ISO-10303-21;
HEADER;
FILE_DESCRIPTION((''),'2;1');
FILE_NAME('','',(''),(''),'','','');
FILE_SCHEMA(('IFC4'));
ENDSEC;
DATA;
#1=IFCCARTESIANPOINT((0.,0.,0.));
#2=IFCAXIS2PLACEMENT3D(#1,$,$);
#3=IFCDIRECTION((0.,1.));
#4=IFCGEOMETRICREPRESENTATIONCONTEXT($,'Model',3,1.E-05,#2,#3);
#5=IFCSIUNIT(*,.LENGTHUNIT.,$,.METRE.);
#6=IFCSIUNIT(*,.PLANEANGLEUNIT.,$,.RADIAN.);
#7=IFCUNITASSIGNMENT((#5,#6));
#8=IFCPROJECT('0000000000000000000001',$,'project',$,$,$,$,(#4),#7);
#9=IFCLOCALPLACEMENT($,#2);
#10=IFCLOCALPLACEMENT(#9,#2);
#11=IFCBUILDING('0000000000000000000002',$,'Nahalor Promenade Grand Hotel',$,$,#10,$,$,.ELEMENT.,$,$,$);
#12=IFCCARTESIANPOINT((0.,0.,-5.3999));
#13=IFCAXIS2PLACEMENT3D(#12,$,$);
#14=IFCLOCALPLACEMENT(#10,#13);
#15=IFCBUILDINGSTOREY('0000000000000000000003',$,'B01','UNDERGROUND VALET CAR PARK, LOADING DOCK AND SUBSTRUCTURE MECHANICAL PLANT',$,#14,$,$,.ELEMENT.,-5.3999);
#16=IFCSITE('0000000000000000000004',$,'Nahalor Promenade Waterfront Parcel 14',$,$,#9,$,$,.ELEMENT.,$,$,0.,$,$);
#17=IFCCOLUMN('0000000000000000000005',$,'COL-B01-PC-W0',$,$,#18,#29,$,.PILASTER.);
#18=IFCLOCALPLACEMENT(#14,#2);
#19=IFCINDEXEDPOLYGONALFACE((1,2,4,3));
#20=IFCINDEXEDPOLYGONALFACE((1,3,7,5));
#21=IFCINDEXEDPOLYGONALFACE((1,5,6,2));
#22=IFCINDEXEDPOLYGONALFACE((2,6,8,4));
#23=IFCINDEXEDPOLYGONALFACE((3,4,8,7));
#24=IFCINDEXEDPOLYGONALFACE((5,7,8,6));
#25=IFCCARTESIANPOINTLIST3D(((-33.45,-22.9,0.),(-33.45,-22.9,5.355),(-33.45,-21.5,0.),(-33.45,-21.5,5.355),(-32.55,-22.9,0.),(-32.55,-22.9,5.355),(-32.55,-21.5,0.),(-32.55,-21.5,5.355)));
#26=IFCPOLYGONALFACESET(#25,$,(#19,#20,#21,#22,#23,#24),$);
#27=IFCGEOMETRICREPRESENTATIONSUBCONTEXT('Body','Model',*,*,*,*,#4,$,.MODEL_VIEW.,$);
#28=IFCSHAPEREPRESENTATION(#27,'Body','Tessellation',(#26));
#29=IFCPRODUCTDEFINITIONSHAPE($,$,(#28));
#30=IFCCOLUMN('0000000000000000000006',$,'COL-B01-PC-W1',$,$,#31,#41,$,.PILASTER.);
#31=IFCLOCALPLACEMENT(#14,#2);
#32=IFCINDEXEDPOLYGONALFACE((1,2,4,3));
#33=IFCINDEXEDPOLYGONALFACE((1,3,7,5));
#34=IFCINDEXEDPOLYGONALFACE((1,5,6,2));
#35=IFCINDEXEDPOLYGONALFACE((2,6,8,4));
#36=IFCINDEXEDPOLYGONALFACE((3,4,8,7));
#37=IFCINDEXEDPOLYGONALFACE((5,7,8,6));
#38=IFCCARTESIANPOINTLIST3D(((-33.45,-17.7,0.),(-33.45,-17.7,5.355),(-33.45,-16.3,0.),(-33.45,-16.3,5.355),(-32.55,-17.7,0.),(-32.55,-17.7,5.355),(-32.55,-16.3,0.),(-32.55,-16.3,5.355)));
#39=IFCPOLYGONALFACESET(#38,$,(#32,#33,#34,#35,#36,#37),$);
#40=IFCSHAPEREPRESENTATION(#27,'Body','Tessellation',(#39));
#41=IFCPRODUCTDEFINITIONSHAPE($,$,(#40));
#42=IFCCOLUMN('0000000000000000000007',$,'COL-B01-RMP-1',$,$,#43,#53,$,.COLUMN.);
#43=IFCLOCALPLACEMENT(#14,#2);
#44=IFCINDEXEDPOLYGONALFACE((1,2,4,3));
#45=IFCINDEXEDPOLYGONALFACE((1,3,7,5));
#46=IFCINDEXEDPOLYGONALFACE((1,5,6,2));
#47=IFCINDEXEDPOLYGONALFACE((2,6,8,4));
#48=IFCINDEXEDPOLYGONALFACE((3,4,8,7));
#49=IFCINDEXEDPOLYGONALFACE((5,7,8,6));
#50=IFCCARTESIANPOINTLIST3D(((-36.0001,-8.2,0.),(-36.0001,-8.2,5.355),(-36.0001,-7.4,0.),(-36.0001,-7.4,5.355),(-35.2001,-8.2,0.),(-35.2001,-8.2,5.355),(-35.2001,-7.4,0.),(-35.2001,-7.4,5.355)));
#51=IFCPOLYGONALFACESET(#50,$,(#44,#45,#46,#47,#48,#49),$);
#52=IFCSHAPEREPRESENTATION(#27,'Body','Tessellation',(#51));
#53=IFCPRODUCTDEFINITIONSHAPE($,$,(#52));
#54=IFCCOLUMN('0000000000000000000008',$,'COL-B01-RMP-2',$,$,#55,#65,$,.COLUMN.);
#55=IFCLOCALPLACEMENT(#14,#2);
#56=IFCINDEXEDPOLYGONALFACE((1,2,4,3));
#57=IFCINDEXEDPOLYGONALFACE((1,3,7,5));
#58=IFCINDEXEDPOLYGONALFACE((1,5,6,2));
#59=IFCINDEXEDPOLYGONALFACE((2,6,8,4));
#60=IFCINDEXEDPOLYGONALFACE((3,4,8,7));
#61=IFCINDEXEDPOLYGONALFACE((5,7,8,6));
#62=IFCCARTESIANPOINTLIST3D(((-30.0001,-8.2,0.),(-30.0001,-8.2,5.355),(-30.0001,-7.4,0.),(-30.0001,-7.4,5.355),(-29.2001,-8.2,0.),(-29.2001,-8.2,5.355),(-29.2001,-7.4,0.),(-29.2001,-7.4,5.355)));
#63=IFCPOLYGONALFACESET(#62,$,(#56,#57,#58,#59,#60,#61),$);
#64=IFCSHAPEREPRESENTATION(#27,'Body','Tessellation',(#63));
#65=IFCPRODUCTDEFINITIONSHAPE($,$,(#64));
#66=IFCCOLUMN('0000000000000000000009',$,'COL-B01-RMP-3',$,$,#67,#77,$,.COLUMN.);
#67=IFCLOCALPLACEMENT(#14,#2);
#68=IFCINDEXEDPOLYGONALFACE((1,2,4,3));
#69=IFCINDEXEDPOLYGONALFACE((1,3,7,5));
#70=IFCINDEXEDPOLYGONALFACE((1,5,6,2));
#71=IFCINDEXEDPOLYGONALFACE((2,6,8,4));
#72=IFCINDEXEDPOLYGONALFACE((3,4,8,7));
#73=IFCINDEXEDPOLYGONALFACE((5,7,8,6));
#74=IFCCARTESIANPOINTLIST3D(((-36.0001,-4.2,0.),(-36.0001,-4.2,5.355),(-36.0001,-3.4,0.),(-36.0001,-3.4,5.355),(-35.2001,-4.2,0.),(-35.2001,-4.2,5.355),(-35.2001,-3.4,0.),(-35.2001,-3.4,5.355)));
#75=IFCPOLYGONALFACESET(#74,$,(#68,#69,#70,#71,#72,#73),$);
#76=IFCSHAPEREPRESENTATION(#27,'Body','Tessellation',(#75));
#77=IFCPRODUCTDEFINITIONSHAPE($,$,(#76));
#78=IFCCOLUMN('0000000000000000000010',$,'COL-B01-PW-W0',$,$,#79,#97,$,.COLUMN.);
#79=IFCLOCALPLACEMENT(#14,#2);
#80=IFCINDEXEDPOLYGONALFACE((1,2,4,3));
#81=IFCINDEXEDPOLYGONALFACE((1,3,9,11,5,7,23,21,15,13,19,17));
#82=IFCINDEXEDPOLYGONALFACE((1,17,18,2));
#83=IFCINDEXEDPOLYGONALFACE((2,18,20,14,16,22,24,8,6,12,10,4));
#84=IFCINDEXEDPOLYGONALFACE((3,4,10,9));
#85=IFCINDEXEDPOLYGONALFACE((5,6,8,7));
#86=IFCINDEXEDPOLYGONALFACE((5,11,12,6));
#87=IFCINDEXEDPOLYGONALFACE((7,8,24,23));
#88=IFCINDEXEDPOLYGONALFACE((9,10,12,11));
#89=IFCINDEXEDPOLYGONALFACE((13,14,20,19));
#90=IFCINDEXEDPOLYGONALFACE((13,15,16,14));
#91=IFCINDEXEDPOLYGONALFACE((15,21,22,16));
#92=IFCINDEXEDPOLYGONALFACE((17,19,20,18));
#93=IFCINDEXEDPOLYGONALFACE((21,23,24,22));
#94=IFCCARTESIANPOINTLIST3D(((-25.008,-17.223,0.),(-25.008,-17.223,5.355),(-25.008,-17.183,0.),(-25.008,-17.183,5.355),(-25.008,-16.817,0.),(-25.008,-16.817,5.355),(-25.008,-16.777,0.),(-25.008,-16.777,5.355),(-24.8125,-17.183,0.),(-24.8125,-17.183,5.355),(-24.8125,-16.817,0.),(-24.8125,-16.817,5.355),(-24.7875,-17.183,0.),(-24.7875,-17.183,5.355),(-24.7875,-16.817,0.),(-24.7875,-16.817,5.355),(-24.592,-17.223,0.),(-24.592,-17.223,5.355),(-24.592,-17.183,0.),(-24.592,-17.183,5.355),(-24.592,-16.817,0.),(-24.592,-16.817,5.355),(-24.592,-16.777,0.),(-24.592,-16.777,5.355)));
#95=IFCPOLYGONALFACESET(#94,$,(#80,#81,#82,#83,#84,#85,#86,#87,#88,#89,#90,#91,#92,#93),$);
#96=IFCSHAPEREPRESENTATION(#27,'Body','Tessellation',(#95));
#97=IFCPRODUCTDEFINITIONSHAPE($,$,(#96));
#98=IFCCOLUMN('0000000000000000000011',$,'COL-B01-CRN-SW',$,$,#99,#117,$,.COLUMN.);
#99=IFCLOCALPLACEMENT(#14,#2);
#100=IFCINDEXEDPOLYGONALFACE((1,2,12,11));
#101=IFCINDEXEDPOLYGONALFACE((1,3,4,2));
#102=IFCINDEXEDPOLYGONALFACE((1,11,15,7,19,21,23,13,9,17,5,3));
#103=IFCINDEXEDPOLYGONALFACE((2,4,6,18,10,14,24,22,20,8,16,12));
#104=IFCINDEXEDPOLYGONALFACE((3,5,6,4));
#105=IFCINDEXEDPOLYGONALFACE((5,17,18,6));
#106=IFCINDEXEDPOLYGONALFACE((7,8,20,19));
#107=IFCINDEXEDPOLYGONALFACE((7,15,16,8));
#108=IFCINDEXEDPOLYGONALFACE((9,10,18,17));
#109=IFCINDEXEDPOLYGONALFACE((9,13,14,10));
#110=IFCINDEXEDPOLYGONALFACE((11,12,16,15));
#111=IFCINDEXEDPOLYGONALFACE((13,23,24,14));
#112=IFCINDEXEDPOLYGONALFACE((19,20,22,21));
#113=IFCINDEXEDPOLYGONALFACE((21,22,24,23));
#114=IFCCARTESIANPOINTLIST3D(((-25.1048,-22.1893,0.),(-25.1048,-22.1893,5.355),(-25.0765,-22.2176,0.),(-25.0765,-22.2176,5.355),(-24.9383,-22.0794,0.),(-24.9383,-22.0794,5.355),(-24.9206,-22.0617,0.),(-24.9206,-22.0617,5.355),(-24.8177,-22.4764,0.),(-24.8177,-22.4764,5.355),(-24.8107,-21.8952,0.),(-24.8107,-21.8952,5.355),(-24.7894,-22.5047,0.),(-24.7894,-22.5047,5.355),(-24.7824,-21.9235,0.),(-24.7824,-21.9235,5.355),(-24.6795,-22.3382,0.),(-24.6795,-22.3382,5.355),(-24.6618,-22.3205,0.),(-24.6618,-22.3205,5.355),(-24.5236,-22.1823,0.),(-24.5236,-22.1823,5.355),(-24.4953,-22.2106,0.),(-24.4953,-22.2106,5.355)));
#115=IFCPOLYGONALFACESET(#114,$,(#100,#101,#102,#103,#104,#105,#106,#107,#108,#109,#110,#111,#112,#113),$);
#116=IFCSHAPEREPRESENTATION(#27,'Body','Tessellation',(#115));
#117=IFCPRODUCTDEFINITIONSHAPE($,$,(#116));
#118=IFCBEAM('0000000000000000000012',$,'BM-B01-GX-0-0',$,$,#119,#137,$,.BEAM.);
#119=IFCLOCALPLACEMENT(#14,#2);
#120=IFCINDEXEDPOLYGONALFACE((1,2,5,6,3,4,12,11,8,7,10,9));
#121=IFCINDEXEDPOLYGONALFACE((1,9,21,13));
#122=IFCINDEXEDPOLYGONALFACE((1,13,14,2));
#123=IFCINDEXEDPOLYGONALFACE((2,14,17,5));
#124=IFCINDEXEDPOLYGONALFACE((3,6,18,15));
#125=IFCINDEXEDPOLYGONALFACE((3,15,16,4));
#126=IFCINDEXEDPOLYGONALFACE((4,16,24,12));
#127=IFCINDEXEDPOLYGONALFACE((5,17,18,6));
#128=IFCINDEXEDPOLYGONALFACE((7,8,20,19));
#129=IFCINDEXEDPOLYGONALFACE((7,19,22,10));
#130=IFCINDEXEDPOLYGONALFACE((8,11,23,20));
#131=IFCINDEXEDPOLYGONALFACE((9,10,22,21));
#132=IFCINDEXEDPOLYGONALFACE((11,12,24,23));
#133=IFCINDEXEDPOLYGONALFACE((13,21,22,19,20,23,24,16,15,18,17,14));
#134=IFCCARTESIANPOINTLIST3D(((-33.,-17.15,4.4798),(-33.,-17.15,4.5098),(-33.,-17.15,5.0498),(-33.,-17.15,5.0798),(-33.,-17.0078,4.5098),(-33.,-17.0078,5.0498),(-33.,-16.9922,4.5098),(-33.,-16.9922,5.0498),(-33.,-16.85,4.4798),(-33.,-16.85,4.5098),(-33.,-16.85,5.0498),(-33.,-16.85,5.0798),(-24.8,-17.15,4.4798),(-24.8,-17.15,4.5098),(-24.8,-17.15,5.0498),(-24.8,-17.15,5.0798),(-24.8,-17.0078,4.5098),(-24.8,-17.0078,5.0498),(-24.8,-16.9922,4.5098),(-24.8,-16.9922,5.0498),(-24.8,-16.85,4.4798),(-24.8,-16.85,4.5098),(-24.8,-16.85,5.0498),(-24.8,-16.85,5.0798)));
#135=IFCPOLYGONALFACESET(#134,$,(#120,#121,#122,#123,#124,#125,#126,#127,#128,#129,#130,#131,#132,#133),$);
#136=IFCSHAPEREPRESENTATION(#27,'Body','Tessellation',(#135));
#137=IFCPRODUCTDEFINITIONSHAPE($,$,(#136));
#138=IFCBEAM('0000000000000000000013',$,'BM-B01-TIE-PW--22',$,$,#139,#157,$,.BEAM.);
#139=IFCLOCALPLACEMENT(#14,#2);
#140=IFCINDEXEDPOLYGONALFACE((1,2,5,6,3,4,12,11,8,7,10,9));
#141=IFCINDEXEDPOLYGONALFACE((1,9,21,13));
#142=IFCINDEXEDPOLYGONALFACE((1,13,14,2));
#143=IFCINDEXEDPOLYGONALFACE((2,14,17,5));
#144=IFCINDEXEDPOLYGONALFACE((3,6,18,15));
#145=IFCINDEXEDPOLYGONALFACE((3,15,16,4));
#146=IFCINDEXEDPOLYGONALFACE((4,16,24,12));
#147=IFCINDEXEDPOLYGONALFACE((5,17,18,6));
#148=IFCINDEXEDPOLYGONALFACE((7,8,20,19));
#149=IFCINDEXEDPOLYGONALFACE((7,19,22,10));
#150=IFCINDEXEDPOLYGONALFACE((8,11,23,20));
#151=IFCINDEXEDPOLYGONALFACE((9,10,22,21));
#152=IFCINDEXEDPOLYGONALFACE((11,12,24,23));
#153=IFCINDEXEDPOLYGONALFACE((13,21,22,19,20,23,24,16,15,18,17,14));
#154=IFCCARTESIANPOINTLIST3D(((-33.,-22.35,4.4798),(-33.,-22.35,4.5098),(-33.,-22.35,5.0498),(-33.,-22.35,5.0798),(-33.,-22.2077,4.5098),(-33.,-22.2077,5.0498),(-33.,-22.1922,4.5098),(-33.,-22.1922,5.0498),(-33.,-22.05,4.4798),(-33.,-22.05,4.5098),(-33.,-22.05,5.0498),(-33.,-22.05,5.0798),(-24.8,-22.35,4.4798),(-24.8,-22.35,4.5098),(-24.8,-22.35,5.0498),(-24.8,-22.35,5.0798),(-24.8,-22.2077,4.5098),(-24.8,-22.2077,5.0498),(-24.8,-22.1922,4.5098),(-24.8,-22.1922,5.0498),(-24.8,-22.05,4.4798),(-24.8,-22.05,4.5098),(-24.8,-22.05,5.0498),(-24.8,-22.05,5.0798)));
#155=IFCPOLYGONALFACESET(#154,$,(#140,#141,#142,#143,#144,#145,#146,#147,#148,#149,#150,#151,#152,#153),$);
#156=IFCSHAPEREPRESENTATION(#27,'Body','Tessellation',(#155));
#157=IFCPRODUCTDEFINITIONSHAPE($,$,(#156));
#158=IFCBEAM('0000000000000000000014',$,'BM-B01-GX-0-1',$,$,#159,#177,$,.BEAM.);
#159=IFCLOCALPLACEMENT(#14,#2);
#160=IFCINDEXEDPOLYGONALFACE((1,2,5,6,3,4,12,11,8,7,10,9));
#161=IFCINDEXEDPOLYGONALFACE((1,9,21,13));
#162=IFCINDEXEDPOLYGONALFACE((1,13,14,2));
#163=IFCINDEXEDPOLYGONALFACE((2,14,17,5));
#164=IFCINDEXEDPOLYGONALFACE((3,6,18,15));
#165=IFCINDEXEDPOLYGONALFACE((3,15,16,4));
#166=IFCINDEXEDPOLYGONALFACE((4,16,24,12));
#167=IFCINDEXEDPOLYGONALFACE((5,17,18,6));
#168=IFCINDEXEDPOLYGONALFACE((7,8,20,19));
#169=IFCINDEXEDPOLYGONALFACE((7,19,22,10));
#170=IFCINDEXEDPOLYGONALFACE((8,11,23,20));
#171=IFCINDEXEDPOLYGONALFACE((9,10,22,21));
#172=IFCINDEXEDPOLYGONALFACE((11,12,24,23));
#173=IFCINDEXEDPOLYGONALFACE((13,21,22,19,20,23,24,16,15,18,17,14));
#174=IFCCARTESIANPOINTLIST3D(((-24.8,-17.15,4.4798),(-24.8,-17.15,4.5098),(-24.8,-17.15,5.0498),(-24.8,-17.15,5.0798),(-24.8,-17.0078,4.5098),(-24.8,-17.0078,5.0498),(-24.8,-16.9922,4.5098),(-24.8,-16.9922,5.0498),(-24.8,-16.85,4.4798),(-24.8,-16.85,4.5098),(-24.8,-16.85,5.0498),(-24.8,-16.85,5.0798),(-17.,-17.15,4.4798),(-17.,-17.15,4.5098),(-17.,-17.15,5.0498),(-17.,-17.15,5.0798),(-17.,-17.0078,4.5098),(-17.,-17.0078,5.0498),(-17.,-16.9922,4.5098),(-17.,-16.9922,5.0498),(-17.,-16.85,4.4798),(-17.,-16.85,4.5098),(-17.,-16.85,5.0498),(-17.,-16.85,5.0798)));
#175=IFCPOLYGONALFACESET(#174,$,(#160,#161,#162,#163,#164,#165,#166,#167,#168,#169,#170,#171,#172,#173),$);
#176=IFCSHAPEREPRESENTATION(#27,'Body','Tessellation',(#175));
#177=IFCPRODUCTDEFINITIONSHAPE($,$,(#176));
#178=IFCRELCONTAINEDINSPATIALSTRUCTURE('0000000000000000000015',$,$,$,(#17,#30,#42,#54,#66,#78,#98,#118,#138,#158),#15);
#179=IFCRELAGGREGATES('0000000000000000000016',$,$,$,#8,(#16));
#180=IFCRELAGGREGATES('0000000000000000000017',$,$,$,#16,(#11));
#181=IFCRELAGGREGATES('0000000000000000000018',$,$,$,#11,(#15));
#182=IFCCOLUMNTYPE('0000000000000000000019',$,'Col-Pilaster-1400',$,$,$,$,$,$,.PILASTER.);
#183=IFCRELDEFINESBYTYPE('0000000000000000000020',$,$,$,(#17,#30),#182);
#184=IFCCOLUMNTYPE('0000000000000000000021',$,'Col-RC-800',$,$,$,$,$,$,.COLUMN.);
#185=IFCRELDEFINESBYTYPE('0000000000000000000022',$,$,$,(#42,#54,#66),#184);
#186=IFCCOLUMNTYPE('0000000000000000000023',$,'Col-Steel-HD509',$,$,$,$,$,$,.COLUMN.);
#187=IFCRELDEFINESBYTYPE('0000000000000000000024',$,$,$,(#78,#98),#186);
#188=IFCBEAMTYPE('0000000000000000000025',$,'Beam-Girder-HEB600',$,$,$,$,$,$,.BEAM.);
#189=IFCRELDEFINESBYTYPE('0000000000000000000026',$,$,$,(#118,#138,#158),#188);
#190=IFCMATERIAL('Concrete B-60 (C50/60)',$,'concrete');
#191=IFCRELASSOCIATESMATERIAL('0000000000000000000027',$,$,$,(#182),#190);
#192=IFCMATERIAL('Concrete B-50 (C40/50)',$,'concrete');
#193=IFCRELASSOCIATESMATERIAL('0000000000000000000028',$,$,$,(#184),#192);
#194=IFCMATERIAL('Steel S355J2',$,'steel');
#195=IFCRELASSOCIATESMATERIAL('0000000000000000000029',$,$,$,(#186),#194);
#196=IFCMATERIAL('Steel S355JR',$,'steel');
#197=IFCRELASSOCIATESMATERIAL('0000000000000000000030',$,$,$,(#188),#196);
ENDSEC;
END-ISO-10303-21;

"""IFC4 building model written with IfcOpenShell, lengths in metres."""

from ifc_helpers import new_model, si_unit, direction, frame, origin, origin_2d, place, context, subcontext, project, spatial, rectangle, i_section, extrude, source, transform, mapped, material, material_profile, profile_set, type_object, element, save


model = new_model("IFC4")

# Units and contexts
model_context = context("Model", 3, precision=1e-05, world=origin(), true_north=direction((0.0, 1.0)))
body_context = subcontext(model_context, "Body", "Model", "MODEL_VIEW")
ifc_project = project(units=[si_unit("LENGTHUNIT", "METRE"), si_unit("PLANEANGLEUNIT", "RADIAN")], contexts=[model_context])

# Site, building, storey
site_placement = place(None, origin())
site = spatial("IfcSite", under=ifc_project, at=site_placement, Name="Nahalor Promenade Waterfront Parcel 14", CompositionType="ELEMENT", RefElevation=0.0)
building_placement = place(site_placement, origin())
building = spatial("IfcBuilding", under=site, at=building_placement, Name="Nahalor Promenade Grand Hotel", CompositionType="ELEMENT")
storey_placement = place(building_placement, frame((0.0, 0.0, -5.3999)))
storey = spatial("IfcBuildingStorey", under=building, at=storey_placement, Name="B01", Description="UNDERGROUND VALET CAR PARK, LOADING DOCK AND SUBSTRUCTURE MECHANICAL PLANT", CompositionType="ELEMENT", Elevation=-5.3999)

# Columns
ifc_material_1 = material(Name="Concrete B-60 (C50/60)", Category="concrete")
ifc_material_profile_1 = material_profile(ifc_material_1, rectangle(XDim=0.9, YDim=1.4, at=origin_2d()), Name="RC 900x1400")
ifc_profile_set_1 = profile_set([ifc_material_profile_1], Name="Concrete B-60 (C50/60)")
column_type_1 = type_object("IfcColumnType", Name="Col-Pilaster-1400", PredefinedType="PILASTER", material=ifc_profile_set_1)
shared_shape_1 = source(origin(), body_context, "Body", "SweptSolid", [
    extrude(rectangle(XDim=0.9, YDim=1.4, at=origin_2d()), origin(), (0.0, 0.0, 1.0), 5.355),
])
for number, where, z_axis, x_axis, name in (
    (1, (-33.0, -22.2, 0.0), (0.0, 0.0, 1.0), (1.0, 0.0, 0.0), "COL-B01-PC-W0"),
    (2, (-33.0, -17.0, 0.0), (0.0, 0.0, 1.0), (1.0, 0.0, 0.0), "COL-B01-PC-W1"),
):
    element("IfcColumn", number, at=place(storey_placement, frame(where, z_axis=z_axis, x_axis=x_axis)), inside=storey, type_object=column_type_1, Name=name, PredefinedType="PILASTER", context=body_context, shape_type="MappedRepresentation", body=[
        mapped(shared_shape_1, transform((0.0, 0.0, 0.0), scale=1.0)),
    ])
ifc_material_2 = material(Name="Concrete B-50 (C40/50)", Category="concrete")
ifc_material_profile_2 = material_profile(ifc_material_2, rectangle(XDim=0.8, YDim=0.8, at=origin_2d()), Name="RC 800x800")
ifc_profile_set_2 = profile_set([ifc_material_profile_2], Name="Concrete B-50 (C40/50)")
column_type_2 = type_object("IfcColumnType", Name="Col-RC-800", PredefinedType="COLUMN", material=ifc_profile_set_2)
shared_shape_2 = source(origin(), body_context, "Body", "SweptSolid", [
    extrude(rectangle(XDim=0.8, YDim=0.8, at=origin_2d()), origin(), (0.0, 0.0, 1.0), 5.355),
])
for number, where, z_axis, x_axis, name in (
    (3, (-35.6001, -7.8, 0.0), (0.0, 0.0, 1.0), (1.0, 0.0, 0.0), "COL-B01-RMP-1"),
    (4, (-29.6001, -7.8, 0.0), (0.0, 0.0, 1.0), (1.0, 0.0, 0.0), "COL-B01-RMP-2"),
    (5, (-35.6001, -3.8, 0.0), (0.0, 0.0, 1.0), (1.0, 0.0, 0.0), "COL-B01-RMP-3"),
):
    element("IfcColumn", number, at=place(storey_placement, frame(where, z_axis=z_axis, x_axis=x_axis)), inside=storey, type_object=column_type_2, Name=name, PredefinedType="COLUMN", context=body_context, shape_type="MappedRepresentation", body=[
        mapped(shared_shape_2, transform((0.0, 0.0, 0.0), scale=1.0)),
    ])
ifc_material_3 = material(Name="Steel S355J2", Category="steel")
ifc_material_profile_3 = material_profile(ifc_material_3, i_section(OverallWidth=0.416, OverallDepth=0.446, WebThickness=0.025, FlangeThickness=0.04, at=origin_2d()), Name="HD 400x509")
ifc_profile_set_3 = profile_set([ifc_material_profile_3], Name="Steel S355J2")
column_type_3 = type_object("IfcColumnType", Name="Col-Steel-HD509", PredefinedType="COLUMN", material=ifc_profile_set_3)
shared_shape_3 = source(origin(), body_context, "Body", "SweptSolid", [
    extrude(i_section(OverallWidth=0.416, OverallDepth=0.446, WebThickness=0.025, FlangeThickness=0.04, at=origin_2d()), origin(), (0.0, 0.0, 1.0), 5.355),
])
for number, where, z_axis, x_axis, name in (
    (6, (-24.8, -17.0, 0.0), (0.0, 0.0, 1.0), (1.0, 0.0, 0.0), "COL-B01-PW-W0"),
    (7, (-24.8, -22.2, 0.0), (0.0, 0.0, 1.0), (0.707107, 0.707107, 0.0), "COL-B01-CRN-SW"),
):
    element("IfcColumn", number, at=place(storey_placement, frame(where, z_axis=z_axis, x_axis=x_axis)), inside=storey, type_object=column_type_3, Name=name, PredefinedType="COLUMN", context=body_context, shape_type="MappedRepresentation", body=[
        mapped(shared_shape_3, transform((0.0, 0.0, 0.0), scale=1.0)),
    ])

# Beams
ifc_material_4 = material(Name="Steel S355JR", Category="steel")
ifc_material_profile_4 = material_profile(ifc_material_4, i_section(OverallWidth=0.3, OverallDepth=0.6, WebThickness=0.0155, FlangeThickness=0.03, at=origin_2d()), Name="HEB 600")
ifc_profile_set_4 = profile_set([ifc_material_profile_4], Name="Steel S355JR")
beam_type_1 = type_object("IfcBeamType", Name="Beam-Girder-HEB600", PredefinedType="BEAM", material=ifc_profile_set_4)
shared_shape_4 = source(origin(), body_context, "Body", "SweptSolid", [
    extrude(i_section(OverallWidth=0.3, OverallDepth=0.6, WebThickness=0.0155, FlangeThickness=0.03, at=origin_2d()), origin(), (0.0, 0.0, 1.0), 8.2),
])
for number, where, z_axis, x_axis, name in (
    (8, (-33.0, -17.0, 4.7798), (1.0, 0.0, 0.0), (0.0, 1.0, 0.0), "BM-B01-GX-0-0"),
    (9, (-24.8, -22.2, 4.7798), (-1.0, 0.0, 0.0), (0.0, -1.0, 0.0), "BM-B01-TIE-PW--22"),
):
    element("IfcBeam", number, at=place(storey_placement, frame(where, z_axis=z_axis, x_axis=x_axis)), inside=storey, type_object=beam_type_1, Name=name, PredefinedType="BEAM", context=body_context, shape_type="MappedRepresentation", body=[
        mapped(shared_shape_4, transform((0.0, 0.0, 0.0), scale=1.0)),
    ])
shared_shape_5 = source(origin(), body_context, "Body", "SweptSolid", [
    extrude(i_section(OverallWidth=0.3, OverallDepth=0.6, WebThickness=0.0155, FlangeThickness=0.03, at=origin_2d()), origin(), (0.0, 0.0, 1.0), 7.8),
])
beam_1_placement = place(storey_placement, frame((-24.8, -17.0, 4.7798), z_axis=(1.0, 0.0, 0.0), x_axis=(0.0, 1.0, 0.0)))
element("IfcBeam", 10, at=beam_1_placement, inside=storey, type_object=beam_type_1, Name="BM-B01-GX-0-1", PredefinedType="BEAM", context=body_context, shape_type="MappedRepresentation", body=[
    mapped(shared_shape_5, transform((0.0, 0.0, 0.0), scale=1.0)),
])

save(model, "model.ifc")
